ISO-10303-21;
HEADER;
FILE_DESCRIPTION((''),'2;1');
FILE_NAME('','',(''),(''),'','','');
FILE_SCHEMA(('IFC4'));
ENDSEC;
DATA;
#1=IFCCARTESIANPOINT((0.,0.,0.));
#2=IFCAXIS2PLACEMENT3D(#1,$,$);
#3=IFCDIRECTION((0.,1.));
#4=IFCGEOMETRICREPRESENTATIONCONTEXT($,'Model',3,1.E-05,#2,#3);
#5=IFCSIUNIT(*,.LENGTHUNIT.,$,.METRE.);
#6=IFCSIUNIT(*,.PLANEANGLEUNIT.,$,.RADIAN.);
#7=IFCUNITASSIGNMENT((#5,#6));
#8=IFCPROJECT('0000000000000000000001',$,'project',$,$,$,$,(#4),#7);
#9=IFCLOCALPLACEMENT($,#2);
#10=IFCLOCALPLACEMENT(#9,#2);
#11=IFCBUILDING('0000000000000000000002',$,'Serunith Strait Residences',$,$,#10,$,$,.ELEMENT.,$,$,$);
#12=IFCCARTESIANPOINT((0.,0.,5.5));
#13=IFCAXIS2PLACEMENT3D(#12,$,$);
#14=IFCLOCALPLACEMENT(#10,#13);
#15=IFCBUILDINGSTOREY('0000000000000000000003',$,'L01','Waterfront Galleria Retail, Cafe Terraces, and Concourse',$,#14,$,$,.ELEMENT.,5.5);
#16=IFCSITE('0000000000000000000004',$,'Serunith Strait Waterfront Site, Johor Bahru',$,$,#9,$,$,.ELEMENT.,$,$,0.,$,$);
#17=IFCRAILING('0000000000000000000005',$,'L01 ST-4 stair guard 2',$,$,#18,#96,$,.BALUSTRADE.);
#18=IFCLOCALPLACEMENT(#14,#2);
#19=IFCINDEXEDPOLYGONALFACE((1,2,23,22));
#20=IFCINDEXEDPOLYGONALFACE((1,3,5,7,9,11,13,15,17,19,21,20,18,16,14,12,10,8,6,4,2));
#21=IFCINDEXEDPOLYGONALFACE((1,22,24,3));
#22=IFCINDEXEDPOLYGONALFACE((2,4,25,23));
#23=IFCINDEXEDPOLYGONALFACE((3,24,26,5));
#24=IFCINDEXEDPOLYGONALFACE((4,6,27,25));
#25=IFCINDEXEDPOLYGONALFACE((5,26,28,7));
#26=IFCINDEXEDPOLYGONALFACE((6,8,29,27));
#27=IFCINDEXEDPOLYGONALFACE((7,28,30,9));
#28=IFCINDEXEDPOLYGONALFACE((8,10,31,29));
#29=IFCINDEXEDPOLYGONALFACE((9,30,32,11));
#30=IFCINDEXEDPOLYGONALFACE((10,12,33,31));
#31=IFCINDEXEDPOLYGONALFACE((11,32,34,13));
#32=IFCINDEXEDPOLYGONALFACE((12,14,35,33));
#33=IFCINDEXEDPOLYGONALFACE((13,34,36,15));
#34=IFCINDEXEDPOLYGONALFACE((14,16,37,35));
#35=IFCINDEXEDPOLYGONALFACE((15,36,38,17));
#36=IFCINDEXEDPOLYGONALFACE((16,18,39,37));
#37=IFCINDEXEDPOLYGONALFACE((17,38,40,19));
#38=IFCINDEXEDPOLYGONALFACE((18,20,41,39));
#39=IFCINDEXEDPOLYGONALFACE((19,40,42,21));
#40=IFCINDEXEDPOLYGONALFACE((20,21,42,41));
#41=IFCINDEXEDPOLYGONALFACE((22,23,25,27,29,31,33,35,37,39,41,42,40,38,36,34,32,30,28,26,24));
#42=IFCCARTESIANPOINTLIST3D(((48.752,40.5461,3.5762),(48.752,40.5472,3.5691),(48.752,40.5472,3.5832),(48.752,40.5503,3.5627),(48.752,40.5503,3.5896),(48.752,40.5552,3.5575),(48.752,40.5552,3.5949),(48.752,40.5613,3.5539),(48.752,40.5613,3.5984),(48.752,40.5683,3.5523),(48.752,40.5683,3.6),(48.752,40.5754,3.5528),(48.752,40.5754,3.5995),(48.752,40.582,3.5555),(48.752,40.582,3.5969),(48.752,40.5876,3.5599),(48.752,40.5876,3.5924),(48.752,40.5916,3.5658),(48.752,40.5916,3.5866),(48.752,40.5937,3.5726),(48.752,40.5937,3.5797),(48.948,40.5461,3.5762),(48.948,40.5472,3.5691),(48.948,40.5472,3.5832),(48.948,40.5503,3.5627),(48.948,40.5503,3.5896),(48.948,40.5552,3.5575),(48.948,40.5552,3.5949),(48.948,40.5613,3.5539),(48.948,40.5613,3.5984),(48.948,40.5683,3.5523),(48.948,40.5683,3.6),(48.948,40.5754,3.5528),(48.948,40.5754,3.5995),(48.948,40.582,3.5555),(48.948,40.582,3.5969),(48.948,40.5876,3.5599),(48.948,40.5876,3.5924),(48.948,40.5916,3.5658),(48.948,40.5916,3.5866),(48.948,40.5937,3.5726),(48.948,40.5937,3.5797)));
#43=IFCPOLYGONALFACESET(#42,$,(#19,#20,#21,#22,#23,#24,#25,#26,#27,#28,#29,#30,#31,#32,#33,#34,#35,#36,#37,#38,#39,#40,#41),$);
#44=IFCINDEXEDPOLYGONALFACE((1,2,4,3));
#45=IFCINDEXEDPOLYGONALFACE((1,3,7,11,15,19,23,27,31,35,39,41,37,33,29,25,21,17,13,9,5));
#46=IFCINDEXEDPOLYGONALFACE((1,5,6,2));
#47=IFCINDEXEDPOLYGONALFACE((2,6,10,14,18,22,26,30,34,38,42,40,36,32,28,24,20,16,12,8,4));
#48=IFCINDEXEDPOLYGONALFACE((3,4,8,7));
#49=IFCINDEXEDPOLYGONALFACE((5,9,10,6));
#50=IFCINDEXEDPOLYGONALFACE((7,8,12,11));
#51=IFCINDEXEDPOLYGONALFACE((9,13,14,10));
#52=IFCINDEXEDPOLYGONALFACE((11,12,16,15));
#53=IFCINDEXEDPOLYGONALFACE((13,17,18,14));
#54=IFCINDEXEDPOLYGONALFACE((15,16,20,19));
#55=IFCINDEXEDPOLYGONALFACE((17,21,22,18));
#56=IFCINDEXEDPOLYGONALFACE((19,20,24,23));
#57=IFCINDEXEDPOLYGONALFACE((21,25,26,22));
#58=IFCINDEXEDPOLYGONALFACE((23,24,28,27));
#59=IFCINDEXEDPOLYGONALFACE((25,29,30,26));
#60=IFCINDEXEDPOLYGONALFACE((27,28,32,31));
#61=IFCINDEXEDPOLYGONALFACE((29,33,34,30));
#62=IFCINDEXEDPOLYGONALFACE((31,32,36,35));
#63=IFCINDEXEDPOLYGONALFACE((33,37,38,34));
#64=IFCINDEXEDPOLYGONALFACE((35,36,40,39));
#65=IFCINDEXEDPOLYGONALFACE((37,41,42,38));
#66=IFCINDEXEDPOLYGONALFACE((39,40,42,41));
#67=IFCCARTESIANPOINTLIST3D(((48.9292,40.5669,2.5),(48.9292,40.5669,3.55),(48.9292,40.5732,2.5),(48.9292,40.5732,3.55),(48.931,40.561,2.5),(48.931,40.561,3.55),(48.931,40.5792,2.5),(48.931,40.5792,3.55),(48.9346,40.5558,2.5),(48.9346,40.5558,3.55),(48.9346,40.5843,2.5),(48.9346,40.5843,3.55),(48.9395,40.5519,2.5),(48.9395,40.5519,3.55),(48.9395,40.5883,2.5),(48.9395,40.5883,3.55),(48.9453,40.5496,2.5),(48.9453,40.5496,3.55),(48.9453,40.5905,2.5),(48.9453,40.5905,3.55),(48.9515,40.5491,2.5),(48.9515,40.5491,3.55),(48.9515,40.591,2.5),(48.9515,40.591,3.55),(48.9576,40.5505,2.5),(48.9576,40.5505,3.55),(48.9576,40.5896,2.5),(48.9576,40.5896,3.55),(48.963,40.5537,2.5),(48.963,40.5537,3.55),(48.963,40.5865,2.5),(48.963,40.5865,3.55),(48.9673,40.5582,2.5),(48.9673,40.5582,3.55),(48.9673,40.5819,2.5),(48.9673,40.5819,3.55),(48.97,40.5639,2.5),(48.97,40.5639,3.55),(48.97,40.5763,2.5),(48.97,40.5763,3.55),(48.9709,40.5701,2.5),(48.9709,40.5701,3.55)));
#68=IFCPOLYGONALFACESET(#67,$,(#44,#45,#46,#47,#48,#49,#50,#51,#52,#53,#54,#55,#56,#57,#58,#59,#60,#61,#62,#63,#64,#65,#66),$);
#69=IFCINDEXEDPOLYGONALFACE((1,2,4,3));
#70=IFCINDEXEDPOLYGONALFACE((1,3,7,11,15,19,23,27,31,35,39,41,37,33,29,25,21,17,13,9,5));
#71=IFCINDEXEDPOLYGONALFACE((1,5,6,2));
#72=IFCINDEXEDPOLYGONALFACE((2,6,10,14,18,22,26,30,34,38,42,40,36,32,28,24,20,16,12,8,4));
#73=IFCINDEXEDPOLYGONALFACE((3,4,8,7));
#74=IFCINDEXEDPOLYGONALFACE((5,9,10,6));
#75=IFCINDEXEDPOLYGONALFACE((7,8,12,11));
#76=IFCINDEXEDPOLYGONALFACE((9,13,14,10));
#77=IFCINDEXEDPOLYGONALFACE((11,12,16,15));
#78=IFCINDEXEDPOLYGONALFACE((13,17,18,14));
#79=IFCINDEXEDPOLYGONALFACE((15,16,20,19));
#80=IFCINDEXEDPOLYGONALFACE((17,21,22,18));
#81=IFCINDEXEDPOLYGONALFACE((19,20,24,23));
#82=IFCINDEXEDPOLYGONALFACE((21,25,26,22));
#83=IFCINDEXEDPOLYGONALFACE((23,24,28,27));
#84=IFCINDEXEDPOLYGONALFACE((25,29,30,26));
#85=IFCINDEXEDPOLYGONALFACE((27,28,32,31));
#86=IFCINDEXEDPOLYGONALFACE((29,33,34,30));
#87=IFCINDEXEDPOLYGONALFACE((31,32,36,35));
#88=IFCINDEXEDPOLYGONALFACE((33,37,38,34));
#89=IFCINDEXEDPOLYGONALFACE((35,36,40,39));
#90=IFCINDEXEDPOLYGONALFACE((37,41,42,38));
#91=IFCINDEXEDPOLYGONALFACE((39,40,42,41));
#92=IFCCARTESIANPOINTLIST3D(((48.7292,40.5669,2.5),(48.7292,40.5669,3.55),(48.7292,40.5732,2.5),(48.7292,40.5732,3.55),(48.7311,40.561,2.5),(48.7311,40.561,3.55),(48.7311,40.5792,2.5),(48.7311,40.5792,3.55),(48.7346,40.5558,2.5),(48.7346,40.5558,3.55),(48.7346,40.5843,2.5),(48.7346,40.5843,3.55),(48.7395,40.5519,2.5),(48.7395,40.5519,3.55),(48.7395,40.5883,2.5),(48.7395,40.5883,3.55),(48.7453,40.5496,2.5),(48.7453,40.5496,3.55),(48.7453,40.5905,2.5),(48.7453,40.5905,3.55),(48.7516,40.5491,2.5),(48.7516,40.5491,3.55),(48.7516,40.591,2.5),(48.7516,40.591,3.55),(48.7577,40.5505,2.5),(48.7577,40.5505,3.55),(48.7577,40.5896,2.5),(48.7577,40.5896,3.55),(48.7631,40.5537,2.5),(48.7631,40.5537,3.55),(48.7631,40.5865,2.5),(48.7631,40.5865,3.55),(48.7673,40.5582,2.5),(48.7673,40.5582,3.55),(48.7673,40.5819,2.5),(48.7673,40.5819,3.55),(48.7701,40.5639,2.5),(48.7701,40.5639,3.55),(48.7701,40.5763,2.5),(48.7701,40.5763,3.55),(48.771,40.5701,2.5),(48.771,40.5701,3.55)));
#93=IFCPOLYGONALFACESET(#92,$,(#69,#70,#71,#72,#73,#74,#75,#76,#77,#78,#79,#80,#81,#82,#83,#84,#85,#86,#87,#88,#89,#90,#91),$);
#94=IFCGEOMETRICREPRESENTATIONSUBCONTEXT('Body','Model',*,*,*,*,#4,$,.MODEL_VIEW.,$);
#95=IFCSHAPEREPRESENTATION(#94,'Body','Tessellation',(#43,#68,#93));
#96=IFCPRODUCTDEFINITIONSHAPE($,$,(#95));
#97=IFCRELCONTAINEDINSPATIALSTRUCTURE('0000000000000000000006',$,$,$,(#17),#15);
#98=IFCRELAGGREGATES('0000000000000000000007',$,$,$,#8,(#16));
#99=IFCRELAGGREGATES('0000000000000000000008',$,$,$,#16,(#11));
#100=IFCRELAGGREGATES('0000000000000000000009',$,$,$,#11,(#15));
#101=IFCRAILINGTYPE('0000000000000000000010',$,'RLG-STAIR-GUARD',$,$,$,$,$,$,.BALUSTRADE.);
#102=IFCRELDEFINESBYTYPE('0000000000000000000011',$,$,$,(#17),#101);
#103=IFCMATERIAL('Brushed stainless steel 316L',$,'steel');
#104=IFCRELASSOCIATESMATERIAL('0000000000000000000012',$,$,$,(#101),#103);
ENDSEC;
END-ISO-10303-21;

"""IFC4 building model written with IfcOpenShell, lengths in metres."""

from ifc_helpers import new_model, si_unit, direction, frame, origin, origin_2d, place, context, subcontext, project, spatial, circle, extrude, material, type_object, element, save


model = new_model("IFC4")

# Units and contexts
model_context = context("Model", 3, precision=1e-05, world=origin(), true_north=direction((0.0, 1.0)))
body_context = subcontext(model_context, "Body", "Model", "MODEL_VIEW")
ifc_project = project(units=[si_unit("LENGTHUNIT", "METRE"), si_unit("PLANEANGLEUNIT", "RADIAN")], contexts=[model_context])

# Site, building, storey
site_placement = place(None, origin())
site = spatial("IfcSite", under=ifc_project, at=site_placement, Name="Serunith Strait Waterfront Site, Johor Bahru", CompositionType="ELEMENT", RefElevation=0.0)
building_placement = place(site_placement, origin())
building = spatial("IfcBuilding", under=site, at=building_placement, Name="Serunith Strait Residences", CompositionType="ELEMENT")
storey_placement = place(building_placement, frame((0.0, 0.0, 5.5)))
storey = spatial("IfcBuildingStorey", under=building, at=storey_placement, Name="L01", Description="Waterfront Galleria Retail, Cafe Terraces, and Concourse", CompositionType="ELEMENT", Elevation=5.5)

# Railing
ifc_material_1 = material(Name="Brushed stainless steel 316L", Category="steel")
railing_type_1 = type_object("IfcRailingType", Name="RLG-STAIR-GUARD", PredefinedType="BALUSTRADE", material=ifc_material_1)
railing_1_placement = place(storey_placement, frame((48.95, 40.5701, 2.5)))
element("IfcRailing", 1, at=railing_1_placement, inside=storey, type_object=railing_type_1, Name="L01 ST-4 stair guard 2", PredefinedType="BALUSTRADE", context=body_context, shape_type="SweptSolid", body=[
    extrude(circle(Radius=0.0239, at=origin_2d()), frame((-0.002, 0.0, 1.0762), z_axis=(-1.0, 0.0, 0.0), x_axis=(0.0, -1.0, 0.0)), (0.0, 0.0, 1.0), 0.196),
    extrude(circle(Radius=0.021, at=origin_2d()), origin(), (0.0, 0.0, 1.0), 1.05),
    extrude(circle(Radius=0.021, at=origin_2d()), frame((-0.2, 0.0, 0.0)), (0.0, 0.0, 1.0), 1.05),
])

save(model, "model.ifc")
